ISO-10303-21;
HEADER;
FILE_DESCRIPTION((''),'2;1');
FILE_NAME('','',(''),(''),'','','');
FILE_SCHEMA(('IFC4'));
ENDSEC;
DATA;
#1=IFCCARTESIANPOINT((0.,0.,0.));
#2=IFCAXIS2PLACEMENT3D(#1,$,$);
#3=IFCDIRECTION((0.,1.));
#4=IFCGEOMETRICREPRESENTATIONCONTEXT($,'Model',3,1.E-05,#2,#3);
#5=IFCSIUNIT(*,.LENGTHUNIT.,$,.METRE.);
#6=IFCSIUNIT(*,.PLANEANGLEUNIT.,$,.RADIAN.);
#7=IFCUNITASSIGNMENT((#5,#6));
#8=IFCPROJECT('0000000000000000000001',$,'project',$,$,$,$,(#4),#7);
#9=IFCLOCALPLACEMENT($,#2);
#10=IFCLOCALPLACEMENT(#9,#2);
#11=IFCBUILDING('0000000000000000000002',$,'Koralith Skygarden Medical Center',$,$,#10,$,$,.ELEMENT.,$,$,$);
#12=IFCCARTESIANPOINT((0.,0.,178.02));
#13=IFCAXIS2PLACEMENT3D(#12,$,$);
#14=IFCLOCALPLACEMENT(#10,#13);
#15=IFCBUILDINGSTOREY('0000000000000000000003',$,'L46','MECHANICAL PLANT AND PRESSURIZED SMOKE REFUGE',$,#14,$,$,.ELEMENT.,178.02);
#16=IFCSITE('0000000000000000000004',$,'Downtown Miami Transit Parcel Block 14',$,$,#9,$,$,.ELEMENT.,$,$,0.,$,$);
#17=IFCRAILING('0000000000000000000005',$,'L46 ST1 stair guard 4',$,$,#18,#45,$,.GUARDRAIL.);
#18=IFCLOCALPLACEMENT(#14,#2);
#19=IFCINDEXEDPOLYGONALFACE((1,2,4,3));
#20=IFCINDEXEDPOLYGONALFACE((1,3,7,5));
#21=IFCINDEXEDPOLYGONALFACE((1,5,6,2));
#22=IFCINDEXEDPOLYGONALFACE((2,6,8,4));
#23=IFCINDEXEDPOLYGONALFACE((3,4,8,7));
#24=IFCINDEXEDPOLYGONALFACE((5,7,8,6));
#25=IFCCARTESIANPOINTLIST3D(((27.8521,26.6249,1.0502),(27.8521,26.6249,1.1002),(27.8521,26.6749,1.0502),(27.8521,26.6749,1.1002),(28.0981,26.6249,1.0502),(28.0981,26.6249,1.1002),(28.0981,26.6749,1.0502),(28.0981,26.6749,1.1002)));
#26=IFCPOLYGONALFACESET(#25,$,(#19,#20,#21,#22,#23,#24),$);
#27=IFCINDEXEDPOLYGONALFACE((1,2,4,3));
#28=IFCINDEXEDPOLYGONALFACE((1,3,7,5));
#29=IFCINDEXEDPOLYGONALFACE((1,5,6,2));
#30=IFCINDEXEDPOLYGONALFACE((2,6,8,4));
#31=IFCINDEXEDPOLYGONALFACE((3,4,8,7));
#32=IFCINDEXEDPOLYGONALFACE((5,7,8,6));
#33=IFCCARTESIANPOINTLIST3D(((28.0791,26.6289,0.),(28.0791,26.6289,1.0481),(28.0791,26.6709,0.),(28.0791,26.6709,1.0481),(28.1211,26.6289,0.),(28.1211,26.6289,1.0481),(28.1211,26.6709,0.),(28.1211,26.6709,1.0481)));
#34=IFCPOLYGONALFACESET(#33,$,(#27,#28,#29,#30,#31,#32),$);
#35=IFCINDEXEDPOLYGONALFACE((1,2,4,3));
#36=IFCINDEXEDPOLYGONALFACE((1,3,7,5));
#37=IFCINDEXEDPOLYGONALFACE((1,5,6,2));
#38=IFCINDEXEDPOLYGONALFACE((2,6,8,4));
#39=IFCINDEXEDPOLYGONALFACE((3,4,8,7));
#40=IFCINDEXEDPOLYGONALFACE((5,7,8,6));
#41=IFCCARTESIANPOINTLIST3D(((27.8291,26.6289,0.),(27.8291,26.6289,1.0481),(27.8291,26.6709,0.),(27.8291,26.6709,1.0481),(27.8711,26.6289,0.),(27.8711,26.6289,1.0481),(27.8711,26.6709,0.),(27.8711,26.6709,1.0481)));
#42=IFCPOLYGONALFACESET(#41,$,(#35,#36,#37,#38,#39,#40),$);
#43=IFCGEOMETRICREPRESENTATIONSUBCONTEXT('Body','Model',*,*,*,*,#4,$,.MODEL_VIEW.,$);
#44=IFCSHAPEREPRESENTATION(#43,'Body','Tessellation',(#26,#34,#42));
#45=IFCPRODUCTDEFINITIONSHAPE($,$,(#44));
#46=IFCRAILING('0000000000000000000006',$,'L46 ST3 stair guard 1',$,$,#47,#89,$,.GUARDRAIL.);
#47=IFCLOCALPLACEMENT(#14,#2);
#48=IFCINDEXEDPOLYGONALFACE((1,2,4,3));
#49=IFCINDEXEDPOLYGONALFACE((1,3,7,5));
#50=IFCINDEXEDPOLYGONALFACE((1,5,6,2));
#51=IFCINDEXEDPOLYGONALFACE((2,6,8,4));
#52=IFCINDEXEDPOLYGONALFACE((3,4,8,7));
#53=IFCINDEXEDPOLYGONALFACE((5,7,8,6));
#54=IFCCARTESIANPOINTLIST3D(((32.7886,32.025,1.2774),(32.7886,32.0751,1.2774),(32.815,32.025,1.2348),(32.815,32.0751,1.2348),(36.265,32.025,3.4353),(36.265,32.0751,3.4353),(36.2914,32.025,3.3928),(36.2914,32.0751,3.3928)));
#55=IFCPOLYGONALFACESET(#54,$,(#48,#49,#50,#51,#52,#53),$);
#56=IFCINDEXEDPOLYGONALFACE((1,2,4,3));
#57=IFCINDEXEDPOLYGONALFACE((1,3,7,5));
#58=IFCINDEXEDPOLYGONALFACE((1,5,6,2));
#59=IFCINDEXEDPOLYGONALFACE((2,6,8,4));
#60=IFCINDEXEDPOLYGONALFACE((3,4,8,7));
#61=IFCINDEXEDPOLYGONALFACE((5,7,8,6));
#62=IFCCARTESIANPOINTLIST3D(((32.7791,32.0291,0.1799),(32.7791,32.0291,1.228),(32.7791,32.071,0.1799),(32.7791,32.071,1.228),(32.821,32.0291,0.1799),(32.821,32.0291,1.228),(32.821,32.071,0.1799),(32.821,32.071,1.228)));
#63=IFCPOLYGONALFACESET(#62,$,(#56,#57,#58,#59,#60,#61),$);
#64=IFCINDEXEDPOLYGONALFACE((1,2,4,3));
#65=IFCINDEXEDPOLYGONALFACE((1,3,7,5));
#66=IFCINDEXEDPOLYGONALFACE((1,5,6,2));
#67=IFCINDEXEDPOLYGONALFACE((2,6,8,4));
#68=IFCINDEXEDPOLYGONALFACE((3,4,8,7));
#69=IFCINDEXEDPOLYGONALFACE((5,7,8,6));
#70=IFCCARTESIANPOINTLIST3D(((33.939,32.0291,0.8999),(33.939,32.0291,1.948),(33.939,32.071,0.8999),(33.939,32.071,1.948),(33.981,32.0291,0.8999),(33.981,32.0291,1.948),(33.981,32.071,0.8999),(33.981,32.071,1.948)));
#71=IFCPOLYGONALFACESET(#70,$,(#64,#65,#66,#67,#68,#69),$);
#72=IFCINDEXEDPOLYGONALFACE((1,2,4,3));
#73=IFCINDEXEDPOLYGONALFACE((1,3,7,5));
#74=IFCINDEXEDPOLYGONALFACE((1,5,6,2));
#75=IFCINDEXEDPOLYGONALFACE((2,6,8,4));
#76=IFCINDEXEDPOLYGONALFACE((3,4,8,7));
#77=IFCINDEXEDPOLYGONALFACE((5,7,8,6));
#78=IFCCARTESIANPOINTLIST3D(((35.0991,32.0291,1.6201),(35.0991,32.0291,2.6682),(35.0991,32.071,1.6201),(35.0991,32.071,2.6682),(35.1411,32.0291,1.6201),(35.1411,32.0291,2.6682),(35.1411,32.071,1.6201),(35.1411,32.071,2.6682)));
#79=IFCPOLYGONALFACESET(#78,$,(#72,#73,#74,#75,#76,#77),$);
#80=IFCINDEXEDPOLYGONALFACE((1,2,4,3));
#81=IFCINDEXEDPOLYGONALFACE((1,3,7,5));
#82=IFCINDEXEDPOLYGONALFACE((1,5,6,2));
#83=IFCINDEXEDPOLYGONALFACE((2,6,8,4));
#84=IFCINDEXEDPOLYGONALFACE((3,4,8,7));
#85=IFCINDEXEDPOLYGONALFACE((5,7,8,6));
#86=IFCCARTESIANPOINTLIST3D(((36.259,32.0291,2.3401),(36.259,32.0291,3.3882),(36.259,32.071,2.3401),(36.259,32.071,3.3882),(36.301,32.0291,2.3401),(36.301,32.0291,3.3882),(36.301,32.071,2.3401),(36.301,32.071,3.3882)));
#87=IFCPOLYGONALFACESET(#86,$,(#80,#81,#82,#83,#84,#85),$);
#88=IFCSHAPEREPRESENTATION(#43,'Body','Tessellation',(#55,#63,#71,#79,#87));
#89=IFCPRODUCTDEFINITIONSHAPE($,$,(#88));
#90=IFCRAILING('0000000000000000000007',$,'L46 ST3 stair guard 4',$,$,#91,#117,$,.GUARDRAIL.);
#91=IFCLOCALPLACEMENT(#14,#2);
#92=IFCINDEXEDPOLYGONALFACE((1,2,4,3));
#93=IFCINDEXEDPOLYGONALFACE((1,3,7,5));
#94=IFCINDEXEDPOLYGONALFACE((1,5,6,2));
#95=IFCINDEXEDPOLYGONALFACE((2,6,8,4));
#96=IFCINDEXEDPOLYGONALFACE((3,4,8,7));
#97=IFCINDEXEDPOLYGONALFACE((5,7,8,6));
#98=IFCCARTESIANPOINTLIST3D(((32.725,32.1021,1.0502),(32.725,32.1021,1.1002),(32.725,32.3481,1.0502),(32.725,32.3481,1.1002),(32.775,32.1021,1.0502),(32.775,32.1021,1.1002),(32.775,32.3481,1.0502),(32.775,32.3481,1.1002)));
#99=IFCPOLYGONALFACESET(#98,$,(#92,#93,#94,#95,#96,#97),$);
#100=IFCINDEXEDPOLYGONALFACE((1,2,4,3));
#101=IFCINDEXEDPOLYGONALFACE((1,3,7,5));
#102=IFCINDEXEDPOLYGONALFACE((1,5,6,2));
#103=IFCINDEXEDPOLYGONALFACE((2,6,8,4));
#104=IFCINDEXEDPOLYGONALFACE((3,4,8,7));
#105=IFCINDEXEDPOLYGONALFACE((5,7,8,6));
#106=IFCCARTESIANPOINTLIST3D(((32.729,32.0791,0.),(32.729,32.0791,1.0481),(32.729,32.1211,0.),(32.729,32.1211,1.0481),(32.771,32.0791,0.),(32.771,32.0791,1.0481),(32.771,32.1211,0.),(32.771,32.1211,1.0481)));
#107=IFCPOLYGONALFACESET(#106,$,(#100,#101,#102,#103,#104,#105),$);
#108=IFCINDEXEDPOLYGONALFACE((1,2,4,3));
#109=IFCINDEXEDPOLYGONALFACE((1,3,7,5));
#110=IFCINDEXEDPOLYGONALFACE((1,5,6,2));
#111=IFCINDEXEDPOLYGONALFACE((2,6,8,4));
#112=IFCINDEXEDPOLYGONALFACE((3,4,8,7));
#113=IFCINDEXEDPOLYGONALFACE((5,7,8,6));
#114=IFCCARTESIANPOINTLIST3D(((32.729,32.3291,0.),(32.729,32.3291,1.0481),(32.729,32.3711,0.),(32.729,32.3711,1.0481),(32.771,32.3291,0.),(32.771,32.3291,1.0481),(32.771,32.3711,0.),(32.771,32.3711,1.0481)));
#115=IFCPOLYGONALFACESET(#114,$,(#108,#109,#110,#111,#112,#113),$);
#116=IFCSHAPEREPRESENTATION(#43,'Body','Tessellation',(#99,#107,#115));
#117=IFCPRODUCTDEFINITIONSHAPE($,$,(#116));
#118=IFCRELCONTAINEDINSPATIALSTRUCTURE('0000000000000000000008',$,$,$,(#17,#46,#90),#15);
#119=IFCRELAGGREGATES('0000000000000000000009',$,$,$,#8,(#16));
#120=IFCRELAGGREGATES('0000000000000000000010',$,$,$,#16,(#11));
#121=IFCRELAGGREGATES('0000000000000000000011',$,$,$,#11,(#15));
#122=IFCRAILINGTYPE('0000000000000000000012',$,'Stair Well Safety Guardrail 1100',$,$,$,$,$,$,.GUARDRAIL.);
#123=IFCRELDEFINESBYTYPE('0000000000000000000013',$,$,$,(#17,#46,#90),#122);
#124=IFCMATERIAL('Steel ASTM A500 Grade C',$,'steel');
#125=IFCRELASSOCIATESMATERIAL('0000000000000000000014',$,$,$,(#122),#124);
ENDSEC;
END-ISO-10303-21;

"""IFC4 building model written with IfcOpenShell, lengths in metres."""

from ifc_helpers import new_model, si_unit, direction, frame, origin, origin_2d, place, context, subcontext, project, spatial, rectangle, extrude, material, type_object, element, save


model = new_model("IFC4")

# Units and contexts
model_context = context("Model", 3, precision=1e-05, world=origin(), true_north=direction((0.0, 1.0)))
body_context = subcontext(model_context, "Body", "Model", "MODEL_VIEW")
ifc_project = project(units=[si_unit("LENGTHUNIT", "METRE"), si_unit("PLANEANGLEUNIT", "RADIAN")], contexts=[model_context])

# Site, building, storey
site_placement = place(None, origin())
site = spatial("IfcSite", under=ifc_project, at=site_placement, Name="Downtown Miami Transit Parcel Block 14", CompositionType="ELEMENT", RefElevation=0.0)
building_placement = place(site_placement, origin())
building = spatial("IfcBuilding", under=site, at=building_placement, Name="Koralith Skygarden Medical Center", CompositionType="ELEMENT")
storey_placement = place(building_placement, frame((0.0, 0.0, 178.02)))
storey = spatial("IfcBuildingStorey", under=building, at=storey_placement, Name="L46", Description="MECHANICAL PLANT AND PRESSURIZED SMOKE REFUGE", CompositionType="ELEMENT", Elevation=178.02)

# Shared definitions
ifc_material_1 = material(Name="Steel ASTM A500 Grade C", Category="steel")

# Railings
railing_type_1 = type_object("IfcRailingType", Name="Stair Well Safety Guardrail 1100", PredefinedType="GUARDRAIL", material=ifc_material_1)
railing_1_placement = place(storey_placement, frame((28.1001, 26.6499, 0.0)))
element("IfcRailing", 1, at=railing_1_placement, inside=storey, type_object=railing_type_1, Name="L46 ST1 stair guard 4", PredefinedType="GUARDRAIL", context=body_context, shape_type="SweptSolid", body=[
    extrude(rectangle(XDim=0.05, YDim=0.05, at=origin_2d()), frame((-0.002, 0.0, 1.0752), z_axis=(-1.0, 0.0, 0.0), x_axis=(0.0, -1.0, 0.0)), (0.0, 0.0, 1.0), 0.2461),
    extrude(rectangle(XDim=0.042, YDim=0.042, at=origin_2d()), origin(), (0.0, 0.0, 1.0), 1.0481),
    extrude(rectangle(XDim=0.042, YDim=0.042, at=origin_2d()), frame((-0.25, 0.0, 0.0)), (0.0, 0.0, 1.0), 1.0481),
])
railing_2_placement = place(storey_placement, frame((32.8, 32.05, 0.1799)))
element("IfcRailing", 2, at=railing_2_placement, inside=storey, type_object=railing_type_1, Name="L46 ST3 stair guard 1", PredefinedType="GUARDRAIL", context=body_context, shape_type="SweptSolid", body=[
    extrude(rectangle(XDim=0.05, YDim=0.05, at=origin_2d()), frame((0.0017, 0.0, 1.0762), z_axis=(0.849622, 0.0, 0.527393), x_axis=(0.0, 1.0, 0.0)), (0.0, 0.0, 1.0), 4.0918),
    extrude(rectangle(XDim=0.042, YDim=0.042, at=origin_2d()), origin(), (0.0, 0.0, 1.0), 1.0481),
    extrude(rectangle(XDim=0.042, YDim=0.042, at=origin_2d()), frame((1.1599, 0.0, 0.72)), (0.0, 0.0, 1.0), 1.0481),
    extrude(rectangle(XDim=0.042, YDim=0.042, at=origin_2d()), frame((2.3201, 0.0, 1.4402)), (0.0, 0.0, 1.0), 1.0481),
    extrude(rectangle(XDim=0.042, YDim=0.042, at=origin_2d()), frame((3.48, 0.0, 2.1602)), (0.0, 0.0, 1.0), 1.0481),
])
railing_3_placement = place(storey_placement, frame((32.75, 32.1001, 0.0)))
element("IfcRailing", 3, at=railing_3_placement, inside=storey, type_object=railing_type_1, Name="L46 ST3 stair guard 4", PredefinedType="GUARDRAIL", context=body_context, shape_type="SweptSolid", body=[
    extrude(rectangle(XDim=0.05, YDim=0.05, at=origin_2d()), frame((0.0, 0.002, 1.0752), z_axis=(0.0, 1.0, 0.0), x_axis=(-1.0, 0.0, 0.0)), (0.0, 0.0, 1.0), 0.2461),
    extrude(rectangle(XDim=0.042, YDim=0.042, at=origin_2d()), origin(), (0.0, 0.0, 1.0), 1.0481),
    extrude(rectangle(XDim=0.042, YDim=0.042, at=origin_2d()), frame((0.0, 0.25, 0.0)), (0.0, 0.0, 1.0), 1.0481),
])

save(model, "model.ifc")
